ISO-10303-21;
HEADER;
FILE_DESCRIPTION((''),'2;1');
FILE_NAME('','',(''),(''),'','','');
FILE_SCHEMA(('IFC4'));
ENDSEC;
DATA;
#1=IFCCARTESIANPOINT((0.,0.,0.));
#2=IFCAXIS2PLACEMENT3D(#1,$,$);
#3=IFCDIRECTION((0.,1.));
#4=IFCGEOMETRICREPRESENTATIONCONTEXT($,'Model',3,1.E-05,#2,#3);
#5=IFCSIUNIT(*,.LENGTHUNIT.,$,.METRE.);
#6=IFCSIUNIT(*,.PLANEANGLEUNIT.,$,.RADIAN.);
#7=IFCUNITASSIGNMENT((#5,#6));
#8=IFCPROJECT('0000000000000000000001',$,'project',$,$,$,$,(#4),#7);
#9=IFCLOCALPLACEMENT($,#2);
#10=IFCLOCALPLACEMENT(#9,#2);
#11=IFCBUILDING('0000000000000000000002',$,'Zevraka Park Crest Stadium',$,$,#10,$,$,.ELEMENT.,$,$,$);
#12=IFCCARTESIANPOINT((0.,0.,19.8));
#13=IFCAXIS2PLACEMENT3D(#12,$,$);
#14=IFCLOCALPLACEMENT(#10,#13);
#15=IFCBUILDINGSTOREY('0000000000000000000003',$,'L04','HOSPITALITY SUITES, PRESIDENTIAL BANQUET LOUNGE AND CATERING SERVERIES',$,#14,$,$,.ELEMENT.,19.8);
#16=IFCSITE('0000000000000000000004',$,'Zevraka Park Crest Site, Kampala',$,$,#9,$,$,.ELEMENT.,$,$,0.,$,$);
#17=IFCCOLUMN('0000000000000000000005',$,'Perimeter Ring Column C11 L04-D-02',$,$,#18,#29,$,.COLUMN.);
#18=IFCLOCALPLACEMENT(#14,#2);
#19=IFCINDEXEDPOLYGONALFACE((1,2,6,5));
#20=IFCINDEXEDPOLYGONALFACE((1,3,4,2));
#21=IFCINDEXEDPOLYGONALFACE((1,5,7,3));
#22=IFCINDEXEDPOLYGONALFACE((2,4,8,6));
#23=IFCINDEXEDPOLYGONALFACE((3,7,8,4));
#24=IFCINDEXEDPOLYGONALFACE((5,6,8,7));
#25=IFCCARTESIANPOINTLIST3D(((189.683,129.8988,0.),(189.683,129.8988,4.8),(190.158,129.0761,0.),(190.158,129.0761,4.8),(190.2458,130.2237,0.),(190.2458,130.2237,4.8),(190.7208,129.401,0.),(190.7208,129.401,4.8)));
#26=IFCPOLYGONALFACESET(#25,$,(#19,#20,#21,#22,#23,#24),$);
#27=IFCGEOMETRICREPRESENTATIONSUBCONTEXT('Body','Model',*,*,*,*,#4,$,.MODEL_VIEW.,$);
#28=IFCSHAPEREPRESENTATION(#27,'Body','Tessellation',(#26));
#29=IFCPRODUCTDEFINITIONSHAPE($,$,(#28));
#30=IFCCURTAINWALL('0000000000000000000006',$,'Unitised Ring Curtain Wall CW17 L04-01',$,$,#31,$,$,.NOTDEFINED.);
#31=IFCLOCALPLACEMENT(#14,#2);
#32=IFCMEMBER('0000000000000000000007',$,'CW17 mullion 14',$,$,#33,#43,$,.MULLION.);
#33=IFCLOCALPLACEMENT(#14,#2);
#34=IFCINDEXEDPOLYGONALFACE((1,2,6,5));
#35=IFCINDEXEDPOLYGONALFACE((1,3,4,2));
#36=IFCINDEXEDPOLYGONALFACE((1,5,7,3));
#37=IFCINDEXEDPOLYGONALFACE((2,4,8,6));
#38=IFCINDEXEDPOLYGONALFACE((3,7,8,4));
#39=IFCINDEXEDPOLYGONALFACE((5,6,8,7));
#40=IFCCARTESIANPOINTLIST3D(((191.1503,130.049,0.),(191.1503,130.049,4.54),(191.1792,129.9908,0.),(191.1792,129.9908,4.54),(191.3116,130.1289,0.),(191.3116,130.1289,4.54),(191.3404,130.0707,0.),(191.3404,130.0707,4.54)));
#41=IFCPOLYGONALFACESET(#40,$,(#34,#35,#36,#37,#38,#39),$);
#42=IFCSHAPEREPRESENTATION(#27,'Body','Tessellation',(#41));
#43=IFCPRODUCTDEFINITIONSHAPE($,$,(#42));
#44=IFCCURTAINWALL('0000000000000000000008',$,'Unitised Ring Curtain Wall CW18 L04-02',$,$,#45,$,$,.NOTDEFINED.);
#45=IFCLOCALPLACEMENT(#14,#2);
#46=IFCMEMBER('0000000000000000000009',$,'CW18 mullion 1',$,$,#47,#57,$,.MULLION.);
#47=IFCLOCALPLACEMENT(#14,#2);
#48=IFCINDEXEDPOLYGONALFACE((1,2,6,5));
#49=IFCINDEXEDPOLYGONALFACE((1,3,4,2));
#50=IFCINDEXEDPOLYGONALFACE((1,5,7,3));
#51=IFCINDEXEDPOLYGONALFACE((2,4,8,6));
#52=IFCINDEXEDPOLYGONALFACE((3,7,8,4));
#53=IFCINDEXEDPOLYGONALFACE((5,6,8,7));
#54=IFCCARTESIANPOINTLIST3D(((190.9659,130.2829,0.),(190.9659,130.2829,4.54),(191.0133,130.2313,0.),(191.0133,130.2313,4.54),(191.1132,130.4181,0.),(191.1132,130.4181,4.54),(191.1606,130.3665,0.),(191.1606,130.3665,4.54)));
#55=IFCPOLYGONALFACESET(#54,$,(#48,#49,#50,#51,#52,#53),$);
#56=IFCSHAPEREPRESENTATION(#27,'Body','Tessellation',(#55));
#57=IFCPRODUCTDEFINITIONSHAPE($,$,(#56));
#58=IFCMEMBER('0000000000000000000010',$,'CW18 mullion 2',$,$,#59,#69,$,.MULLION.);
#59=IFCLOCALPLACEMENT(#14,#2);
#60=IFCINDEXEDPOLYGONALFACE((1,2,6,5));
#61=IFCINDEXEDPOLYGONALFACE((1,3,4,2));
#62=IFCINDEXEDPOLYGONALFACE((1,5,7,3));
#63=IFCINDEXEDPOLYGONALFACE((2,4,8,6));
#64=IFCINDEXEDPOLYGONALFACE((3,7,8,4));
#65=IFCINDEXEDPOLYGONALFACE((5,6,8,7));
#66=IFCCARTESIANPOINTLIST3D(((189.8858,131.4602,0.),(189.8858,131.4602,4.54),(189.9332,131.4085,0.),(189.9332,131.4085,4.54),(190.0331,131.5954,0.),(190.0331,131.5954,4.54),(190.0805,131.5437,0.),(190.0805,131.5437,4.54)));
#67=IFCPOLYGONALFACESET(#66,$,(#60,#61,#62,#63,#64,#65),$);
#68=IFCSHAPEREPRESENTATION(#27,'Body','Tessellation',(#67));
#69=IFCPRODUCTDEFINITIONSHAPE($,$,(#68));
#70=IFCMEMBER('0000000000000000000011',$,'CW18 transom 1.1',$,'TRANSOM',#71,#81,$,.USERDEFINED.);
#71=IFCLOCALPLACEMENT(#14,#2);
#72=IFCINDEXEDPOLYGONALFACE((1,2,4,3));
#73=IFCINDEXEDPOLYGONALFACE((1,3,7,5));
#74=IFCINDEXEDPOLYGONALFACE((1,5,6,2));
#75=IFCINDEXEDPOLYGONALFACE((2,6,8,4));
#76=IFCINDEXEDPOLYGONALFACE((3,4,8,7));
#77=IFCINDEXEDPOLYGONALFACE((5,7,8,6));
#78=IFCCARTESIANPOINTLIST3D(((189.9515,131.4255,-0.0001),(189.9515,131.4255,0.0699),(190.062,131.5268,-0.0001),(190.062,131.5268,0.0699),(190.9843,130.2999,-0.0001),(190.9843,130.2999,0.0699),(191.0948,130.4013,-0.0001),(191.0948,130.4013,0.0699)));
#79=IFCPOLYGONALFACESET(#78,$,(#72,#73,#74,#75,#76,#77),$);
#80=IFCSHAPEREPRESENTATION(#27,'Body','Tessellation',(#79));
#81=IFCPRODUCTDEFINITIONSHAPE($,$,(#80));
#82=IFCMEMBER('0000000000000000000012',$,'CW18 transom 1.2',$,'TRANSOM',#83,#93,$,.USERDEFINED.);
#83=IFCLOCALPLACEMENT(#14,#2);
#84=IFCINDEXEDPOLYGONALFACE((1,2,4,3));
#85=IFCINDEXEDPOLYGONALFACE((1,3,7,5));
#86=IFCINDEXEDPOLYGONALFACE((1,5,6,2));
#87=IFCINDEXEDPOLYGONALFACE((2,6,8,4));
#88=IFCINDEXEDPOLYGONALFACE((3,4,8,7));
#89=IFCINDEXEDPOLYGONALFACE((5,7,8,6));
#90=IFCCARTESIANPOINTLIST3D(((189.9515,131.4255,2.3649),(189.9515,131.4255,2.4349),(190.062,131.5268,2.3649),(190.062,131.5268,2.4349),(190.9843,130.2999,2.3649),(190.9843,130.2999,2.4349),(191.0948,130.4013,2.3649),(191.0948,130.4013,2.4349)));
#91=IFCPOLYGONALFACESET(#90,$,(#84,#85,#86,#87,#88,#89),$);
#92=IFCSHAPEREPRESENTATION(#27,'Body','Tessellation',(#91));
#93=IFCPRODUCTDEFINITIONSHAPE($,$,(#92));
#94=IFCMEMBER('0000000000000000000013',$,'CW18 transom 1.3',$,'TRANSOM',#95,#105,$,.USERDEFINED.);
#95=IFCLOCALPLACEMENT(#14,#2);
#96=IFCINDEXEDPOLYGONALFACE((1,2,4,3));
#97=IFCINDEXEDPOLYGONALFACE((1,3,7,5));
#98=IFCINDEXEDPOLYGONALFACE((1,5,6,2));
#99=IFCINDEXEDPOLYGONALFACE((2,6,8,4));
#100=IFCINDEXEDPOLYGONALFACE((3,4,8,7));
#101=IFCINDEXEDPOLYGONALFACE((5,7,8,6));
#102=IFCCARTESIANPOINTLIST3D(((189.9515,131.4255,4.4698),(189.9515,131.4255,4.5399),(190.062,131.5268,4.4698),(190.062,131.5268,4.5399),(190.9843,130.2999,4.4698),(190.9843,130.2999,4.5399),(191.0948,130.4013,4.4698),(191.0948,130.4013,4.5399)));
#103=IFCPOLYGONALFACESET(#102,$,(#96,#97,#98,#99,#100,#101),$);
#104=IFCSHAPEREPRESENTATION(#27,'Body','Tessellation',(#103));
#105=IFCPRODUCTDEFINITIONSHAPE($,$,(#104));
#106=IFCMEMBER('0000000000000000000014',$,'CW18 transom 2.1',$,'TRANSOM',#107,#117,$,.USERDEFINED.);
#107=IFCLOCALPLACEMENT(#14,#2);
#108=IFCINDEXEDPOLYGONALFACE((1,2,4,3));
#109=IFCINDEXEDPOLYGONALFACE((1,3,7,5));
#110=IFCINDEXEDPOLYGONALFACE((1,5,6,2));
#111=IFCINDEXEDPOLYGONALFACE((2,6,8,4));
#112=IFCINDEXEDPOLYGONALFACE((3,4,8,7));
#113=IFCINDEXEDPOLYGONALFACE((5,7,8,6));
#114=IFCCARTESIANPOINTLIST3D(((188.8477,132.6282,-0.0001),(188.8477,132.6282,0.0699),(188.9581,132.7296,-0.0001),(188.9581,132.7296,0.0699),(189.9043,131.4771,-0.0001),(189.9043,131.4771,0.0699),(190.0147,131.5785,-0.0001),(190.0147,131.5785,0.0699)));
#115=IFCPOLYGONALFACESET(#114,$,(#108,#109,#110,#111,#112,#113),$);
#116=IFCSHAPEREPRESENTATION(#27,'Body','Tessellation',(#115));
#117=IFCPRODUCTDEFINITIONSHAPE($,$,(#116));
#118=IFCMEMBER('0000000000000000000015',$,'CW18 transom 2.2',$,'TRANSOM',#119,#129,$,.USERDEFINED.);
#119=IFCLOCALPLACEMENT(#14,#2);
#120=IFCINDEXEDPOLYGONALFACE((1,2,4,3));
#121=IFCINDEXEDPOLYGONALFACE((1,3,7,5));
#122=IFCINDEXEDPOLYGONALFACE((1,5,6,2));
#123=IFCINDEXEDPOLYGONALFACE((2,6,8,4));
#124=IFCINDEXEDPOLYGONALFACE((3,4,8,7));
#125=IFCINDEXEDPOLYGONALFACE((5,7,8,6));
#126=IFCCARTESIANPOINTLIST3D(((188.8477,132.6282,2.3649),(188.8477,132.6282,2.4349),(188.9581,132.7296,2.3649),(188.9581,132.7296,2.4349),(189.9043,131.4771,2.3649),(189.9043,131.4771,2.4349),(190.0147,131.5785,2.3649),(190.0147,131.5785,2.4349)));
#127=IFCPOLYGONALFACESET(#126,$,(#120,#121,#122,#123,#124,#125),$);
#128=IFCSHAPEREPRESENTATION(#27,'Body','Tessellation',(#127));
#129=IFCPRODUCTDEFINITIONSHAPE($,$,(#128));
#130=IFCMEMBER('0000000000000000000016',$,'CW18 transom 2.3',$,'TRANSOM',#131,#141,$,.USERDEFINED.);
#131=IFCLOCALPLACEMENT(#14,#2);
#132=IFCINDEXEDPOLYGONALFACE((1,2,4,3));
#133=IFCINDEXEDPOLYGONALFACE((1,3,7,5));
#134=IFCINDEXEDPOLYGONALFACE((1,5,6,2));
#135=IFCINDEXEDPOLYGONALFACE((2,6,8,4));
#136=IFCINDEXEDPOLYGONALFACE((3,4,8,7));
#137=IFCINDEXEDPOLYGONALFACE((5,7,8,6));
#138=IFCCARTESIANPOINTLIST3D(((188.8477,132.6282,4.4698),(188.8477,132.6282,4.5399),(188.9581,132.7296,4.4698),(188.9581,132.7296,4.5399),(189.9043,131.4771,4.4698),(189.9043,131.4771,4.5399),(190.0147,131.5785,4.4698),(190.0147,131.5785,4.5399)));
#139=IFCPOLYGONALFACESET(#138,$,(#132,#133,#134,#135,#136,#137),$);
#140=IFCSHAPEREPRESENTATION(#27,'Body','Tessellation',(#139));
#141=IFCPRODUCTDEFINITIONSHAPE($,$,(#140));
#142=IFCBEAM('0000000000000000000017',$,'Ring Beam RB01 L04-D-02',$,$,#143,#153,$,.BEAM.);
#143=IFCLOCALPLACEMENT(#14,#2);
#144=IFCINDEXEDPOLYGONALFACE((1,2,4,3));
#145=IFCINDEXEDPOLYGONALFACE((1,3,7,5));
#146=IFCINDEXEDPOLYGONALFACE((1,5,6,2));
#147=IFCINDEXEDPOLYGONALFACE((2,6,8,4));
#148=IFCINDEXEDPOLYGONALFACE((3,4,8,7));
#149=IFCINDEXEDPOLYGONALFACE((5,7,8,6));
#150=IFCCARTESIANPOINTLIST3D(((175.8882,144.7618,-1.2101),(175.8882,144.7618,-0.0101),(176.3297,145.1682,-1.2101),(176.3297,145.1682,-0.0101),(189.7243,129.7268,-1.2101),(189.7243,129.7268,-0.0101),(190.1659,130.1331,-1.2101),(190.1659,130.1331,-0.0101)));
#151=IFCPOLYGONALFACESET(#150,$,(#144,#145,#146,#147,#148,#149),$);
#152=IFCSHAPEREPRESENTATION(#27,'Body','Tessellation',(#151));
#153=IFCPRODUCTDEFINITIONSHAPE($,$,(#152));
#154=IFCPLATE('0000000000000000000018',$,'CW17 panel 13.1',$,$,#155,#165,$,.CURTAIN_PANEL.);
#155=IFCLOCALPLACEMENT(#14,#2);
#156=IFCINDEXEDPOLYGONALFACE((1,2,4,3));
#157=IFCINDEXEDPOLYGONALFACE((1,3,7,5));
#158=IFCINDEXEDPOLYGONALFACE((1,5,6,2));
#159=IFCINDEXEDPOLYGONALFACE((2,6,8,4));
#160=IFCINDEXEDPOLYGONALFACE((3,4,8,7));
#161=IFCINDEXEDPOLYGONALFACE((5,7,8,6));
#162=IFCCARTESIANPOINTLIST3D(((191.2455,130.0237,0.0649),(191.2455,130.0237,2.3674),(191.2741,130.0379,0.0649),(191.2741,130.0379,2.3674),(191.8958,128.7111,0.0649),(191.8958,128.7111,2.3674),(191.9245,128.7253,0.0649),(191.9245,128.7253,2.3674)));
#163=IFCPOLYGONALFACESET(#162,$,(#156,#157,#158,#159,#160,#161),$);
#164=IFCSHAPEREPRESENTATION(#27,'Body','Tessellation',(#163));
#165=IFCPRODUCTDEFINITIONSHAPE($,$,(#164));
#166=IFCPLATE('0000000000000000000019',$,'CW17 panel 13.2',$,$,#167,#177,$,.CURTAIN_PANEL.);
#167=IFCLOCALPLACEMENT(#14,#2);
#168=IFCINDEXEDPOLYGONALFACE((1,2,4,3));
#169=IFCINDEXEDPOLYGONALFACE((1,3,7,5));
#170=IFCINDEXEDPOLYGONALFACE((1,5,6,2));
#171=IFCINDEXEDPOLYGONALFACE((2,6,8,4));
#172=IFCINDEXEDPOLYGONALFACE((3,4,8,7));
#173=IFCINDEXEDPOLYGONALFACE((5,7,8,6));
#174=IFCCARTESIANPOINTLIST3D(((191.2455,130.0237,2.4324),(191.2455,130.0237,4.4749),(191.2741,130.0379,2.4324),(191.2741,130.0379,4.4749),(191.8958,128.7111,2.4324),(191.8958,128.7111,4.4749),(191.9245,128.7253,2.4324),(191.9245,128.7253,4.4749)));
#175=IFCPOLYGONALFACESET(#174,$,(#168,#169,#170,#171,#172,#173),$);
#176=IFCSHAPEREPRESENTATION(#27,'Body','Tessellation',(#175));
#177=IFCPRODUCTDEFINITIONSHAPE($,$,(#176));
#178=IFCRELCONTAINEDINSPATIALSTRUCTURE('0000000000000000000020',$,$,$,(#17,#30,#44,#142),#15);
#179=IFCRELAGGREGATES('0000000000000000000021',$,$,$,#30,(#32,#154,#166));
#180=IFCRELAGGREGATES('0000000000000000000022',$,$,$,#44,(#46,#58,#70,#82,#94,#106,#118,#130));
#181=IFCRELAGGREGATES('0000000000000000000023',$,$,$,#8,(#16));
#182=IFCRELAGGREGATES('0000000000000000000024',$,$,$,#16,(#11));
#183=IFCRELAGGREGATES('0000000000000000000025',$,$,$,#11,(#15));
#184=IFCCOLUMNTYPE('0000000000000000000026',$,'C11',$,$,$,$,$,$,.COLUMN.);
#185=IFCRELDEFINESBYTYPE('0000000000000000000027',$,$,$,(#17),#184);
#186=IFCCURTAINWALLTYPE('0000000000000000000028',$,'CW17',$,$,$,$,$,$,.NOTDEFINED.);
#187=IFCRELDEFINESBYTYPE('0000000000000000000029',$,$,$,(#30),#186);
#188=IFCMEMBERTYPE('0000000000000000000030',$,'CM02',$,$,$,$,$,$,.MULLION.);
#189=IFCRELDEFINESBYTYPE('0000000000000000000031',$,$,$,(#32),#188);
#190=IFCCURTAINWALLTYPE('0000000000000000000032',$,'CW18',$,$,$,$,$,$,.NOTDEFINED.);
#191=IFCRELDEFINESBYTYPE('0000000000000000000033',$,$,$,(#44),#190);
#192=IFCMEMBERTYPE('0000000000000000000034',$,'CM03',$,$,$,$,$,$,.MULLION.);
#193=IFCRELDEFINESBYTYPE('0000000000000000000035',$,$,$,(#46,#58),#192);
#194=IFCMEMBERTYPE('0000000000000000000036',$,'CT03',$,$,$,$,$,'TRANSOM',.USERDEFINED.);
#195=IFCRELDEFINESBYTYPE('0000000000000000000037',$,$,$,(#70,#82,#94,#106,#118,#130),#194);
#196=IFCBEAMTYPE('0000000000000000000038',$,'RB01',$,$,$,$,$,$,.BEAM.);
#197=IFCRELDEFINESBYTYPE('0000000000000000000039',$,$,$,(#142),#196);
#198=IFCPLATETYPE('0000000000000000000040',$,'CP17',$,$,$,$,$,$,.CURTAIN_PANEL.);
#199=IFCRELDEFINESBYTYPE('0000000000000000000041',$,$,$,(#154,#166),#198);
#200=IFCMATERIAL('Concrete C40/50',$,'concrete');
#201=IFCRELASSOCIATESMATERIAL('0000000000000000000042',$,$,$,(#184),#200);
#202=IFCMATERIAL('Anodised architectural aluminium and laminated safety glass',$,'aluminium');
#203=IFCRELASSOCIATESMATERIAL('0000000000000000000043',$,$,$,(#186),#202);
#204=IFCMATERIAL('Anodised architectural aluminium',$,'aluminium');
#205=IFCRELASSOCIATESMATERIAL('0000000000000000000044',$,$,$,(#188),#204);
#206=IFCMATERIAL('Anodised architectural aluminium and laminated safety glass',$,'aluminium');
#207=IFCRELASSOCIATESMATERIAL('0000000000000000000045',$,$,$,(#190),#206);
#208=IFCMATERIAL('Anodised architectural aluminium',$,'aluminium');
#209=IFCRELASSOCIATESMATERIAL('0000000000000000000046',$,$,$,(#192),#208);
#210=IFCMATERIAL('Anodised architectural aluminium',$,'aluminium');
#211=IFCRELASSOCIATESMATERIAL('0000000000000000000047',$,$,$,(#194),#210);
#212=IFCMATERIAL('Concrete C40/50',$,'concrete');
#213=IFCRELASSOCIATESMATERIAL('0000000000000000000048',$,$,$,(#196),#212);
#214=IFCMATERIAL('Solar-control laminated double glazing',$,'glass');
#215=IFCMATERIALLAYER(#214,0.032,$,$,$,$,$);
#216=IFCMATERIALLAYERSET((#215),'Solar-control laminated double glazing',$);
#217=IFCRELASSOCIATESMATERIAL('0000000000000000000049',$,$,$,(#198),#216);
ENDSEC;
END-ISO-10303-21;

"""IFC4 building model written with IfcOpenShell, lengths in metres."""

from ifc_helpers import new_model, si_unit, direction, frame, origin, origin_2d, place, context, subcontext, project, spatial, rectangle, extrude, material, layer, layer_set, material_profile, profile_set, type_object, element, aggregate, save


model = new_model("IFC4")

# Units and contexts
model_context = context("Model", 3, precision=1e-05, world=origin(), true_north=direction((0.0, 1.0)))
body_context = subcontext(model_context, "Body", "Model", "MODEL_VIEW")
ifc_project = project(units=[si_unit("LENGTHUNIT", "METRE"), si_unit("PLANEANGLEUNIT", "RADIAN")], contexts=[model_context])

# Site, building, storey
site_placement = place(None, origin())
site = spatial("IfcSite", under=ifc_project, at=site_placement, Name="Zevraka Park Crest Site, Kampala", CompositionType="ELEMENT", RefElevation=0.0)
building_placement = place(site_placement, origin())
building = spatial("IfcBuilding", under=site, at=building_placement, Name="Zevraka Park Crest Stadium", CompositionType="ELEMENT")
storey_placement = place(building_placement, frame((0.0, 0.0, 19.8)))
storey = spatial("IfcBuildingStorey", under=building, at=storey_placement, Name="L04", Description="HOSPITALITY SUITES, PRESIDENTIAL BANQUET LOUNGE AND CATERING SERVERIES", CompositionType="ELEMENT", Elevation=19.8)

# Column
ifc_material_1 = material(Name="Concrete C40/50", Category="concrete")
ifc_material_profile_1 = material_profile(ifc_material_1, rectangle(XDim=0.6499, YDim=0.95, at=origin_2d()), Name="RC 950x650")
ifc_profile_set_1 = profile_set([ifc_material_profile_1], Name="Concrete C40/50")
column_type = type_object("IfcColumnType", Name="C11", PredefinedType="COLUMN", material=ifc_profile_set_1)
column_placement = place(storey_placement, frame((190.2019, 129.6499, 0.0), z_axis=(0.0, 0.0, 1.0), x_axis=(0.866025, 0.5, 0.0)))
element("IfcColumn", 1, at=column_placement, inside=storey, type_object=column_type, Name="Perimeter Ring Column C11 L04-D-02", PredefinedType="COLUMN", context=body_context, shape_type="SweptSolid", body=[
    extrude(rectangle(XDim=0.6499, YDim=0.95, at=origin_2d()), origin(), (0.0, 0.0, 1.0), 4.8),
])

# Curtain wall, member
ifc_material_2 = material(Name="Anodised architectural aluminium and laminated safety glass", Category="aluminium")
curtain_wall_type_1 = type_object("IfcCurtainWallType", Name="CW17", PredefinedType="NOTDEFINED", material=ifc_material_2)
curtain_wall_1_placement = place(storey_placement, origin())
curtain_wall_1 = element("IfcCurtainWall", 2, at=curtain_wall_1_placement, inside=storey, type_object=curtain_wall_type_1, Name="Unitised Ring Curtain Wall CW17 L04-01", PredefinedType="NOTDEFINED")
ifc_material_3 = material(Name="Anodised architectural aluminium", Category="aluminium")
ifc_material_profile_2 = material_profile(ifc_material_3, rectangle(XDim=0.1799, YDim=0.0649, at=origin_2d()), Name="ALU MULLION 180x65")
ifc_profile_set_2 = profile_set([ifc_material_profile_2], Name="Anodised architectural aluminium")
member_type_1 = type_object("IfcMemberType", Name="CM02", PredefinedType="MULLION", material=ifc_profile_set_2)
member_1_placement = place(storey_placement, frame((191.2454, 130.0598, 0.0), z_axis=(0.0, 0.0, 1.0), x_axis=(-0.896046, -0.443961, 0.0)))
member_1 = element("IfcMember", 3, at=member_1_placement, type_object=member_type_1, Name="CW17 mullion 14", PredefinedType="MULLION", context=body_context, shape_type="SweptSolid", body=[
    extrude(rectangle(XDim=0.1799, YDim=0.0649, at=origin_2d()), origin(), (0.0, 0.0, 1.0), 4.54),
])

# Curtain wall, members
ifc_material_4 = material(Name="Anodised architectural aluminium and laminated safety glass", Category="aluminium")
curtain_wall_type_2 = type_object("IfcCurtainWallType", Name="CW18", PredefinedType="NOTDEFINED", material=ifc_material_4)
curtain_wall_2_placement = place(storey_placement, origin())
curtain_wall_2 = element("IfcCurtainWall", 4, at=curtain_wall_2_placement, inside=storey, type_object=curtain_wall_type_2, Name="Unitised Ring Curtain Wall CW18 L04-02", PredefinedType="NOTDEFINED")
ifc_material_5 = material(Name="Anodised architectural aluminium", Category="aluminium")
ifc_material_profile_3 = material_profile(ifc_material_5, rectangle(XDim=0.2, YDim=0.0701, at=origin_2d()), Name="ALU MULLION 200x70")
ifc_profile_set_3 = profile_set([ifc_material_profile_3], Name="Anodised architectural aluminium")
member_type_2 = type_object("IfcMemberType", Name="CM03", PredefinedType="MULLION", material=ifc_profile_set_3)
member_2_placement = place(storey_placement, frame((191.0632, 130.3247, 0.0), z_axis=(0.0, 0.0, 1.0), x_axis=(-0.736775, -0.676138, 0.0)))
member_2 = element("IfcMember", 5, at=member_2_placement, type_object=member_type_2, Name="CW18 mullion 1", PredefinedType="MULLION", context=body_context, shape_type="SweptSolid", body=[
    extrude(rectangle(XDim=0.2, YDim=0.0701, at=origin_2d()), origin(), (0.0, 0.0, 1.0), 4.54),
])
member_3_placement = place(storey_placement, frame((189.9832, 131.502, 0.0), z_axis=(0.0, 0.0, 1.0), x_axis=(-0.736775, -0.676138, 0.0)))
member_3 = element("IfcMember", 6, at=member_3_placement, type_object=member_type_2, Name="CW18 mullion 2", PredefinedType="MULLION", context=body_context, shape_type="SweptSolid", body=[
    extrude(rectangle(XDim=0.2, YDim=0.0701, at=origin_2d()), origin(), (0.0, 0.0, 1.0), 4.54),
])
ifc_material_6 = material(Name="Anodised architectural aluminium", Category="aluminium")
ifc_material_profile_4 = material_profile(ifc_material_6, rectangle(XDim=0.1499, YDim=0.0701, at=origin_2d()), Name="ALU TRANSOM 150x70")
ifc_profile_set_4 = profile_set([ifc_material_profile_4], Name="Anodised architectural aluminium")
member_type_3 = type_object("IfcMemberType", Name="CT03", ElementType="TRANSOM", PredefinedType="USERDEFINED", material=ifc_profile_set_4)
member_4_placement = place(storey_placement, frame((191.0396, 130.3506, 0.0349), z_axis=(-0.676086, 0.736822, 0.0), x_axis=(-0.736822, -0.676086, 0.0)))
member_4 = element("IfcMember", 7, at=member_4_placement, type_object=member_type_3, Name="CW18 transom 1.1", ObjectType="TRANSOM", PredefinedType="USERDEFINED", context=body_context, shape_type="SweptSolid", body=[
    extrude(rectangle(XDim=0.1499, YDim=0.0701, at=origin_2d()), origin(), (0.0, 0.0, 1.0), 1.5276),
])
member_5_placement = place(storey_placement, frame((191.0396, 130.3506, 2.3999), z_axis=(-0.676086, 0.736822, 0.0), x_axis=(-0.736822, -0.676086, 0.0)))
member_5 = element("IfcMember", 8, at=member_5_placement, type_object=member_type_3, Name="CW18 transom 1.2", ObjectType="TRANSOM", PredefinedType="USERDEFINED", context=body_context, shape_type="SweptSolid", body=[
    extrude(rectangle(XDim=0.1499, YDim=0.0701, at=origin_2d()), origin(), (0.0, 0.0, 1.0), 1.5276),
])
member_6_placement = place(storey_placement, frame((191.0396, 130.3506, 4.5049), z_axis=(-0.676086, 0.736822, 0.0), x_axis=(-0.736822, -0.676086, 0.0)))
member_6 = element("IfcMember", 9, at=member_6_placement, type_object=member_type_3, Name="CW18 transom 1.3", ObjectType="TRANSOM", PredefinedType="USERDEFINED", context=body_context, shape_type="SweptSolid", body=[
    extrude(rectangle(XDim=0.1499, YDim=0.0701, at=origin_2d()), origin(), (0.0, 0.0, 1.0), 1.5276),
])
member_7_placement = place(storey_placement, frame((189.9595, 131.5278, 0.0349), z_axis=(-0.676227, 0.736693, 0.0), x_axis=(-0.736693, -0.676227, 0.0)))
member_7 = element("IfcMember", 10, at=member_7_placement, type_object=member_type_3, Name="CW18 transom 2.1", ObjectType="TRANSOM", PredefinedType="USERDEFINED", context=body_context, shape_type="SweptSolid", body=[
    extrude(rectangle(XDim=0.1499, YDim=0.0701, at=origin_2d()), origin(), (0.0, 0.0, 1.0), 1.5625),
])
member_8_placement = place(storey_placement, frame((189.9595, 131.5278, 2.3999), z_axis=(-0.676227, 0.736693, 0.0), x_axis=(-0.736693, -0.676227, 0.0)))
member_8 = element("IfcMember", 11, at=member_8_placement, type_object=member_type_3, Name="CW18 transom 2.2", ObjectType="TRANSOM", PredefinedType="USERDEFINED", context=body_context, shape_type="SweptSolid", body=[
    extrude(rectangle(XDim=0.1499, YDim=0.0701, at=origin_2d()), origin(), (0.0, 0.0, 1.0), 1.5625),
])
member_9_placement = place(storey_placement, frame((189.9595, 131.5278, 4.5049), z_axis=(-0.676227, 0.736693, 0.0), x_axis=(-0.736693, -0.676227, 0.0)))
member_9 = element("IfcMember", 12, at=member_9_placement, type_object=member_type_3, Name="CW18 transom 2.3", ObjectType="TRANSOM", PredefinedType="USERDEFINED", context=body_context, shape_type="SweptSolid", body=[
    extrude(rectangle(XDim=0.1499, YDim=0.0701, at=origin_2d()), origin(), (0.0, 0.0, 1.0), 1.5625),
])

# Beam
ifc_material_7 = material(Name="Concrete C40/50", Category="concrete")
ifc_material_profile_5 = material_profile(ifc_material_7, rectangle(XDim=0.6001, YDim=1.2, at=origin_2d()), Name="RC 1200x600")
ifc_profile_set_5 = profile_set([ifc_material_profile_5], Name="Concrete C40/50")
beam_type = type_object("IfcBeamType", Name="RB01", PredefinedType="BEAM", material=ifc_profile_set_5)
beam_placement = place(storey_placement, frame((189.9451, 129.9299, -0.6101), z_axis=(-0.677158, 0.735837, 0.0), x_axis=(-0.735837, -0.677158, 0.0)))
element("IfcBeam", 13, at=beam_placement, inside=storey, type_object=beam_type, Name="Ring Beam RB01 L04-D-02", PredefinedType="BEAM", context=body_context, shape_type="SweptSolid", body=[
    extrude(rectangle(XDim=0.6001, YDim=1.2, at=origin_2d()), origin(), (0.0, 0.0, 1.0), 20.4326),
])

# Plates
ifc_material_8 = material(Name="Solar-control laminated double glazing", Category="glass")
ifc_layer_1 = layer(ifc_material_8, 0.032)
ifc_layer_set_1 = layer_set([ifc_layer_1], Name="Solar-control laminated double glazing")
plate_type_1 = type_object("IfcPlateType", Name="CP17", PredefinedType="CURTAIN_PANEL", material=ifc_layer_set_1)
plate_1_placement = place(storey_placement, frame((191.585, 129.3745, 0.0649), z_axis=(0.0, 0.0, 1.0), x_axis=(-0.443961, 0.896046, 0.0)))
plate_1 = element("IfcPlate", 14, at=plate_1_placement, type_object=plate_type_1, Name="CW17 panel 13.1", PredefinedType="CURTAIN_PANEL", context=body_context, shape_type="SweptSolid", body=[
    extrude(rectangle(XDim=1.4648, YDim=0.032, at=origin_2d()), origin(), (0.0, 0.0, 1.0), 2.3025),
])
plate_2_placement = place(storey_placement, frame((191.585, 129.3745, 2.4324), z_axis=(0.0, 0.0, 1.0), x_axis=(-0.443961, 0.896046, 0.0)))
plate_2 = element("IfcPlate", 15, at=plate_2_placement, type_object=plate_type_1, Name="CW17 panel 13.2", PredefinedType="CURTAIN_PANEL", context=body_context, shape_type="SweptSolid", body=[
    extrude(rectangle(XDim=1.4648, YDim=0.032, at=origin_2d()), origin(), (0.0, 0.0, 1.0), 2.0425),
])
aggregate(curtain_wall_1, [member_1, plate_1, plate_2])
aggregate(curtain_wall_2, [member_2, member_3, member_4, member_5, member_6, member_7, member_8, member_9])

save(model, "model.ifc")
